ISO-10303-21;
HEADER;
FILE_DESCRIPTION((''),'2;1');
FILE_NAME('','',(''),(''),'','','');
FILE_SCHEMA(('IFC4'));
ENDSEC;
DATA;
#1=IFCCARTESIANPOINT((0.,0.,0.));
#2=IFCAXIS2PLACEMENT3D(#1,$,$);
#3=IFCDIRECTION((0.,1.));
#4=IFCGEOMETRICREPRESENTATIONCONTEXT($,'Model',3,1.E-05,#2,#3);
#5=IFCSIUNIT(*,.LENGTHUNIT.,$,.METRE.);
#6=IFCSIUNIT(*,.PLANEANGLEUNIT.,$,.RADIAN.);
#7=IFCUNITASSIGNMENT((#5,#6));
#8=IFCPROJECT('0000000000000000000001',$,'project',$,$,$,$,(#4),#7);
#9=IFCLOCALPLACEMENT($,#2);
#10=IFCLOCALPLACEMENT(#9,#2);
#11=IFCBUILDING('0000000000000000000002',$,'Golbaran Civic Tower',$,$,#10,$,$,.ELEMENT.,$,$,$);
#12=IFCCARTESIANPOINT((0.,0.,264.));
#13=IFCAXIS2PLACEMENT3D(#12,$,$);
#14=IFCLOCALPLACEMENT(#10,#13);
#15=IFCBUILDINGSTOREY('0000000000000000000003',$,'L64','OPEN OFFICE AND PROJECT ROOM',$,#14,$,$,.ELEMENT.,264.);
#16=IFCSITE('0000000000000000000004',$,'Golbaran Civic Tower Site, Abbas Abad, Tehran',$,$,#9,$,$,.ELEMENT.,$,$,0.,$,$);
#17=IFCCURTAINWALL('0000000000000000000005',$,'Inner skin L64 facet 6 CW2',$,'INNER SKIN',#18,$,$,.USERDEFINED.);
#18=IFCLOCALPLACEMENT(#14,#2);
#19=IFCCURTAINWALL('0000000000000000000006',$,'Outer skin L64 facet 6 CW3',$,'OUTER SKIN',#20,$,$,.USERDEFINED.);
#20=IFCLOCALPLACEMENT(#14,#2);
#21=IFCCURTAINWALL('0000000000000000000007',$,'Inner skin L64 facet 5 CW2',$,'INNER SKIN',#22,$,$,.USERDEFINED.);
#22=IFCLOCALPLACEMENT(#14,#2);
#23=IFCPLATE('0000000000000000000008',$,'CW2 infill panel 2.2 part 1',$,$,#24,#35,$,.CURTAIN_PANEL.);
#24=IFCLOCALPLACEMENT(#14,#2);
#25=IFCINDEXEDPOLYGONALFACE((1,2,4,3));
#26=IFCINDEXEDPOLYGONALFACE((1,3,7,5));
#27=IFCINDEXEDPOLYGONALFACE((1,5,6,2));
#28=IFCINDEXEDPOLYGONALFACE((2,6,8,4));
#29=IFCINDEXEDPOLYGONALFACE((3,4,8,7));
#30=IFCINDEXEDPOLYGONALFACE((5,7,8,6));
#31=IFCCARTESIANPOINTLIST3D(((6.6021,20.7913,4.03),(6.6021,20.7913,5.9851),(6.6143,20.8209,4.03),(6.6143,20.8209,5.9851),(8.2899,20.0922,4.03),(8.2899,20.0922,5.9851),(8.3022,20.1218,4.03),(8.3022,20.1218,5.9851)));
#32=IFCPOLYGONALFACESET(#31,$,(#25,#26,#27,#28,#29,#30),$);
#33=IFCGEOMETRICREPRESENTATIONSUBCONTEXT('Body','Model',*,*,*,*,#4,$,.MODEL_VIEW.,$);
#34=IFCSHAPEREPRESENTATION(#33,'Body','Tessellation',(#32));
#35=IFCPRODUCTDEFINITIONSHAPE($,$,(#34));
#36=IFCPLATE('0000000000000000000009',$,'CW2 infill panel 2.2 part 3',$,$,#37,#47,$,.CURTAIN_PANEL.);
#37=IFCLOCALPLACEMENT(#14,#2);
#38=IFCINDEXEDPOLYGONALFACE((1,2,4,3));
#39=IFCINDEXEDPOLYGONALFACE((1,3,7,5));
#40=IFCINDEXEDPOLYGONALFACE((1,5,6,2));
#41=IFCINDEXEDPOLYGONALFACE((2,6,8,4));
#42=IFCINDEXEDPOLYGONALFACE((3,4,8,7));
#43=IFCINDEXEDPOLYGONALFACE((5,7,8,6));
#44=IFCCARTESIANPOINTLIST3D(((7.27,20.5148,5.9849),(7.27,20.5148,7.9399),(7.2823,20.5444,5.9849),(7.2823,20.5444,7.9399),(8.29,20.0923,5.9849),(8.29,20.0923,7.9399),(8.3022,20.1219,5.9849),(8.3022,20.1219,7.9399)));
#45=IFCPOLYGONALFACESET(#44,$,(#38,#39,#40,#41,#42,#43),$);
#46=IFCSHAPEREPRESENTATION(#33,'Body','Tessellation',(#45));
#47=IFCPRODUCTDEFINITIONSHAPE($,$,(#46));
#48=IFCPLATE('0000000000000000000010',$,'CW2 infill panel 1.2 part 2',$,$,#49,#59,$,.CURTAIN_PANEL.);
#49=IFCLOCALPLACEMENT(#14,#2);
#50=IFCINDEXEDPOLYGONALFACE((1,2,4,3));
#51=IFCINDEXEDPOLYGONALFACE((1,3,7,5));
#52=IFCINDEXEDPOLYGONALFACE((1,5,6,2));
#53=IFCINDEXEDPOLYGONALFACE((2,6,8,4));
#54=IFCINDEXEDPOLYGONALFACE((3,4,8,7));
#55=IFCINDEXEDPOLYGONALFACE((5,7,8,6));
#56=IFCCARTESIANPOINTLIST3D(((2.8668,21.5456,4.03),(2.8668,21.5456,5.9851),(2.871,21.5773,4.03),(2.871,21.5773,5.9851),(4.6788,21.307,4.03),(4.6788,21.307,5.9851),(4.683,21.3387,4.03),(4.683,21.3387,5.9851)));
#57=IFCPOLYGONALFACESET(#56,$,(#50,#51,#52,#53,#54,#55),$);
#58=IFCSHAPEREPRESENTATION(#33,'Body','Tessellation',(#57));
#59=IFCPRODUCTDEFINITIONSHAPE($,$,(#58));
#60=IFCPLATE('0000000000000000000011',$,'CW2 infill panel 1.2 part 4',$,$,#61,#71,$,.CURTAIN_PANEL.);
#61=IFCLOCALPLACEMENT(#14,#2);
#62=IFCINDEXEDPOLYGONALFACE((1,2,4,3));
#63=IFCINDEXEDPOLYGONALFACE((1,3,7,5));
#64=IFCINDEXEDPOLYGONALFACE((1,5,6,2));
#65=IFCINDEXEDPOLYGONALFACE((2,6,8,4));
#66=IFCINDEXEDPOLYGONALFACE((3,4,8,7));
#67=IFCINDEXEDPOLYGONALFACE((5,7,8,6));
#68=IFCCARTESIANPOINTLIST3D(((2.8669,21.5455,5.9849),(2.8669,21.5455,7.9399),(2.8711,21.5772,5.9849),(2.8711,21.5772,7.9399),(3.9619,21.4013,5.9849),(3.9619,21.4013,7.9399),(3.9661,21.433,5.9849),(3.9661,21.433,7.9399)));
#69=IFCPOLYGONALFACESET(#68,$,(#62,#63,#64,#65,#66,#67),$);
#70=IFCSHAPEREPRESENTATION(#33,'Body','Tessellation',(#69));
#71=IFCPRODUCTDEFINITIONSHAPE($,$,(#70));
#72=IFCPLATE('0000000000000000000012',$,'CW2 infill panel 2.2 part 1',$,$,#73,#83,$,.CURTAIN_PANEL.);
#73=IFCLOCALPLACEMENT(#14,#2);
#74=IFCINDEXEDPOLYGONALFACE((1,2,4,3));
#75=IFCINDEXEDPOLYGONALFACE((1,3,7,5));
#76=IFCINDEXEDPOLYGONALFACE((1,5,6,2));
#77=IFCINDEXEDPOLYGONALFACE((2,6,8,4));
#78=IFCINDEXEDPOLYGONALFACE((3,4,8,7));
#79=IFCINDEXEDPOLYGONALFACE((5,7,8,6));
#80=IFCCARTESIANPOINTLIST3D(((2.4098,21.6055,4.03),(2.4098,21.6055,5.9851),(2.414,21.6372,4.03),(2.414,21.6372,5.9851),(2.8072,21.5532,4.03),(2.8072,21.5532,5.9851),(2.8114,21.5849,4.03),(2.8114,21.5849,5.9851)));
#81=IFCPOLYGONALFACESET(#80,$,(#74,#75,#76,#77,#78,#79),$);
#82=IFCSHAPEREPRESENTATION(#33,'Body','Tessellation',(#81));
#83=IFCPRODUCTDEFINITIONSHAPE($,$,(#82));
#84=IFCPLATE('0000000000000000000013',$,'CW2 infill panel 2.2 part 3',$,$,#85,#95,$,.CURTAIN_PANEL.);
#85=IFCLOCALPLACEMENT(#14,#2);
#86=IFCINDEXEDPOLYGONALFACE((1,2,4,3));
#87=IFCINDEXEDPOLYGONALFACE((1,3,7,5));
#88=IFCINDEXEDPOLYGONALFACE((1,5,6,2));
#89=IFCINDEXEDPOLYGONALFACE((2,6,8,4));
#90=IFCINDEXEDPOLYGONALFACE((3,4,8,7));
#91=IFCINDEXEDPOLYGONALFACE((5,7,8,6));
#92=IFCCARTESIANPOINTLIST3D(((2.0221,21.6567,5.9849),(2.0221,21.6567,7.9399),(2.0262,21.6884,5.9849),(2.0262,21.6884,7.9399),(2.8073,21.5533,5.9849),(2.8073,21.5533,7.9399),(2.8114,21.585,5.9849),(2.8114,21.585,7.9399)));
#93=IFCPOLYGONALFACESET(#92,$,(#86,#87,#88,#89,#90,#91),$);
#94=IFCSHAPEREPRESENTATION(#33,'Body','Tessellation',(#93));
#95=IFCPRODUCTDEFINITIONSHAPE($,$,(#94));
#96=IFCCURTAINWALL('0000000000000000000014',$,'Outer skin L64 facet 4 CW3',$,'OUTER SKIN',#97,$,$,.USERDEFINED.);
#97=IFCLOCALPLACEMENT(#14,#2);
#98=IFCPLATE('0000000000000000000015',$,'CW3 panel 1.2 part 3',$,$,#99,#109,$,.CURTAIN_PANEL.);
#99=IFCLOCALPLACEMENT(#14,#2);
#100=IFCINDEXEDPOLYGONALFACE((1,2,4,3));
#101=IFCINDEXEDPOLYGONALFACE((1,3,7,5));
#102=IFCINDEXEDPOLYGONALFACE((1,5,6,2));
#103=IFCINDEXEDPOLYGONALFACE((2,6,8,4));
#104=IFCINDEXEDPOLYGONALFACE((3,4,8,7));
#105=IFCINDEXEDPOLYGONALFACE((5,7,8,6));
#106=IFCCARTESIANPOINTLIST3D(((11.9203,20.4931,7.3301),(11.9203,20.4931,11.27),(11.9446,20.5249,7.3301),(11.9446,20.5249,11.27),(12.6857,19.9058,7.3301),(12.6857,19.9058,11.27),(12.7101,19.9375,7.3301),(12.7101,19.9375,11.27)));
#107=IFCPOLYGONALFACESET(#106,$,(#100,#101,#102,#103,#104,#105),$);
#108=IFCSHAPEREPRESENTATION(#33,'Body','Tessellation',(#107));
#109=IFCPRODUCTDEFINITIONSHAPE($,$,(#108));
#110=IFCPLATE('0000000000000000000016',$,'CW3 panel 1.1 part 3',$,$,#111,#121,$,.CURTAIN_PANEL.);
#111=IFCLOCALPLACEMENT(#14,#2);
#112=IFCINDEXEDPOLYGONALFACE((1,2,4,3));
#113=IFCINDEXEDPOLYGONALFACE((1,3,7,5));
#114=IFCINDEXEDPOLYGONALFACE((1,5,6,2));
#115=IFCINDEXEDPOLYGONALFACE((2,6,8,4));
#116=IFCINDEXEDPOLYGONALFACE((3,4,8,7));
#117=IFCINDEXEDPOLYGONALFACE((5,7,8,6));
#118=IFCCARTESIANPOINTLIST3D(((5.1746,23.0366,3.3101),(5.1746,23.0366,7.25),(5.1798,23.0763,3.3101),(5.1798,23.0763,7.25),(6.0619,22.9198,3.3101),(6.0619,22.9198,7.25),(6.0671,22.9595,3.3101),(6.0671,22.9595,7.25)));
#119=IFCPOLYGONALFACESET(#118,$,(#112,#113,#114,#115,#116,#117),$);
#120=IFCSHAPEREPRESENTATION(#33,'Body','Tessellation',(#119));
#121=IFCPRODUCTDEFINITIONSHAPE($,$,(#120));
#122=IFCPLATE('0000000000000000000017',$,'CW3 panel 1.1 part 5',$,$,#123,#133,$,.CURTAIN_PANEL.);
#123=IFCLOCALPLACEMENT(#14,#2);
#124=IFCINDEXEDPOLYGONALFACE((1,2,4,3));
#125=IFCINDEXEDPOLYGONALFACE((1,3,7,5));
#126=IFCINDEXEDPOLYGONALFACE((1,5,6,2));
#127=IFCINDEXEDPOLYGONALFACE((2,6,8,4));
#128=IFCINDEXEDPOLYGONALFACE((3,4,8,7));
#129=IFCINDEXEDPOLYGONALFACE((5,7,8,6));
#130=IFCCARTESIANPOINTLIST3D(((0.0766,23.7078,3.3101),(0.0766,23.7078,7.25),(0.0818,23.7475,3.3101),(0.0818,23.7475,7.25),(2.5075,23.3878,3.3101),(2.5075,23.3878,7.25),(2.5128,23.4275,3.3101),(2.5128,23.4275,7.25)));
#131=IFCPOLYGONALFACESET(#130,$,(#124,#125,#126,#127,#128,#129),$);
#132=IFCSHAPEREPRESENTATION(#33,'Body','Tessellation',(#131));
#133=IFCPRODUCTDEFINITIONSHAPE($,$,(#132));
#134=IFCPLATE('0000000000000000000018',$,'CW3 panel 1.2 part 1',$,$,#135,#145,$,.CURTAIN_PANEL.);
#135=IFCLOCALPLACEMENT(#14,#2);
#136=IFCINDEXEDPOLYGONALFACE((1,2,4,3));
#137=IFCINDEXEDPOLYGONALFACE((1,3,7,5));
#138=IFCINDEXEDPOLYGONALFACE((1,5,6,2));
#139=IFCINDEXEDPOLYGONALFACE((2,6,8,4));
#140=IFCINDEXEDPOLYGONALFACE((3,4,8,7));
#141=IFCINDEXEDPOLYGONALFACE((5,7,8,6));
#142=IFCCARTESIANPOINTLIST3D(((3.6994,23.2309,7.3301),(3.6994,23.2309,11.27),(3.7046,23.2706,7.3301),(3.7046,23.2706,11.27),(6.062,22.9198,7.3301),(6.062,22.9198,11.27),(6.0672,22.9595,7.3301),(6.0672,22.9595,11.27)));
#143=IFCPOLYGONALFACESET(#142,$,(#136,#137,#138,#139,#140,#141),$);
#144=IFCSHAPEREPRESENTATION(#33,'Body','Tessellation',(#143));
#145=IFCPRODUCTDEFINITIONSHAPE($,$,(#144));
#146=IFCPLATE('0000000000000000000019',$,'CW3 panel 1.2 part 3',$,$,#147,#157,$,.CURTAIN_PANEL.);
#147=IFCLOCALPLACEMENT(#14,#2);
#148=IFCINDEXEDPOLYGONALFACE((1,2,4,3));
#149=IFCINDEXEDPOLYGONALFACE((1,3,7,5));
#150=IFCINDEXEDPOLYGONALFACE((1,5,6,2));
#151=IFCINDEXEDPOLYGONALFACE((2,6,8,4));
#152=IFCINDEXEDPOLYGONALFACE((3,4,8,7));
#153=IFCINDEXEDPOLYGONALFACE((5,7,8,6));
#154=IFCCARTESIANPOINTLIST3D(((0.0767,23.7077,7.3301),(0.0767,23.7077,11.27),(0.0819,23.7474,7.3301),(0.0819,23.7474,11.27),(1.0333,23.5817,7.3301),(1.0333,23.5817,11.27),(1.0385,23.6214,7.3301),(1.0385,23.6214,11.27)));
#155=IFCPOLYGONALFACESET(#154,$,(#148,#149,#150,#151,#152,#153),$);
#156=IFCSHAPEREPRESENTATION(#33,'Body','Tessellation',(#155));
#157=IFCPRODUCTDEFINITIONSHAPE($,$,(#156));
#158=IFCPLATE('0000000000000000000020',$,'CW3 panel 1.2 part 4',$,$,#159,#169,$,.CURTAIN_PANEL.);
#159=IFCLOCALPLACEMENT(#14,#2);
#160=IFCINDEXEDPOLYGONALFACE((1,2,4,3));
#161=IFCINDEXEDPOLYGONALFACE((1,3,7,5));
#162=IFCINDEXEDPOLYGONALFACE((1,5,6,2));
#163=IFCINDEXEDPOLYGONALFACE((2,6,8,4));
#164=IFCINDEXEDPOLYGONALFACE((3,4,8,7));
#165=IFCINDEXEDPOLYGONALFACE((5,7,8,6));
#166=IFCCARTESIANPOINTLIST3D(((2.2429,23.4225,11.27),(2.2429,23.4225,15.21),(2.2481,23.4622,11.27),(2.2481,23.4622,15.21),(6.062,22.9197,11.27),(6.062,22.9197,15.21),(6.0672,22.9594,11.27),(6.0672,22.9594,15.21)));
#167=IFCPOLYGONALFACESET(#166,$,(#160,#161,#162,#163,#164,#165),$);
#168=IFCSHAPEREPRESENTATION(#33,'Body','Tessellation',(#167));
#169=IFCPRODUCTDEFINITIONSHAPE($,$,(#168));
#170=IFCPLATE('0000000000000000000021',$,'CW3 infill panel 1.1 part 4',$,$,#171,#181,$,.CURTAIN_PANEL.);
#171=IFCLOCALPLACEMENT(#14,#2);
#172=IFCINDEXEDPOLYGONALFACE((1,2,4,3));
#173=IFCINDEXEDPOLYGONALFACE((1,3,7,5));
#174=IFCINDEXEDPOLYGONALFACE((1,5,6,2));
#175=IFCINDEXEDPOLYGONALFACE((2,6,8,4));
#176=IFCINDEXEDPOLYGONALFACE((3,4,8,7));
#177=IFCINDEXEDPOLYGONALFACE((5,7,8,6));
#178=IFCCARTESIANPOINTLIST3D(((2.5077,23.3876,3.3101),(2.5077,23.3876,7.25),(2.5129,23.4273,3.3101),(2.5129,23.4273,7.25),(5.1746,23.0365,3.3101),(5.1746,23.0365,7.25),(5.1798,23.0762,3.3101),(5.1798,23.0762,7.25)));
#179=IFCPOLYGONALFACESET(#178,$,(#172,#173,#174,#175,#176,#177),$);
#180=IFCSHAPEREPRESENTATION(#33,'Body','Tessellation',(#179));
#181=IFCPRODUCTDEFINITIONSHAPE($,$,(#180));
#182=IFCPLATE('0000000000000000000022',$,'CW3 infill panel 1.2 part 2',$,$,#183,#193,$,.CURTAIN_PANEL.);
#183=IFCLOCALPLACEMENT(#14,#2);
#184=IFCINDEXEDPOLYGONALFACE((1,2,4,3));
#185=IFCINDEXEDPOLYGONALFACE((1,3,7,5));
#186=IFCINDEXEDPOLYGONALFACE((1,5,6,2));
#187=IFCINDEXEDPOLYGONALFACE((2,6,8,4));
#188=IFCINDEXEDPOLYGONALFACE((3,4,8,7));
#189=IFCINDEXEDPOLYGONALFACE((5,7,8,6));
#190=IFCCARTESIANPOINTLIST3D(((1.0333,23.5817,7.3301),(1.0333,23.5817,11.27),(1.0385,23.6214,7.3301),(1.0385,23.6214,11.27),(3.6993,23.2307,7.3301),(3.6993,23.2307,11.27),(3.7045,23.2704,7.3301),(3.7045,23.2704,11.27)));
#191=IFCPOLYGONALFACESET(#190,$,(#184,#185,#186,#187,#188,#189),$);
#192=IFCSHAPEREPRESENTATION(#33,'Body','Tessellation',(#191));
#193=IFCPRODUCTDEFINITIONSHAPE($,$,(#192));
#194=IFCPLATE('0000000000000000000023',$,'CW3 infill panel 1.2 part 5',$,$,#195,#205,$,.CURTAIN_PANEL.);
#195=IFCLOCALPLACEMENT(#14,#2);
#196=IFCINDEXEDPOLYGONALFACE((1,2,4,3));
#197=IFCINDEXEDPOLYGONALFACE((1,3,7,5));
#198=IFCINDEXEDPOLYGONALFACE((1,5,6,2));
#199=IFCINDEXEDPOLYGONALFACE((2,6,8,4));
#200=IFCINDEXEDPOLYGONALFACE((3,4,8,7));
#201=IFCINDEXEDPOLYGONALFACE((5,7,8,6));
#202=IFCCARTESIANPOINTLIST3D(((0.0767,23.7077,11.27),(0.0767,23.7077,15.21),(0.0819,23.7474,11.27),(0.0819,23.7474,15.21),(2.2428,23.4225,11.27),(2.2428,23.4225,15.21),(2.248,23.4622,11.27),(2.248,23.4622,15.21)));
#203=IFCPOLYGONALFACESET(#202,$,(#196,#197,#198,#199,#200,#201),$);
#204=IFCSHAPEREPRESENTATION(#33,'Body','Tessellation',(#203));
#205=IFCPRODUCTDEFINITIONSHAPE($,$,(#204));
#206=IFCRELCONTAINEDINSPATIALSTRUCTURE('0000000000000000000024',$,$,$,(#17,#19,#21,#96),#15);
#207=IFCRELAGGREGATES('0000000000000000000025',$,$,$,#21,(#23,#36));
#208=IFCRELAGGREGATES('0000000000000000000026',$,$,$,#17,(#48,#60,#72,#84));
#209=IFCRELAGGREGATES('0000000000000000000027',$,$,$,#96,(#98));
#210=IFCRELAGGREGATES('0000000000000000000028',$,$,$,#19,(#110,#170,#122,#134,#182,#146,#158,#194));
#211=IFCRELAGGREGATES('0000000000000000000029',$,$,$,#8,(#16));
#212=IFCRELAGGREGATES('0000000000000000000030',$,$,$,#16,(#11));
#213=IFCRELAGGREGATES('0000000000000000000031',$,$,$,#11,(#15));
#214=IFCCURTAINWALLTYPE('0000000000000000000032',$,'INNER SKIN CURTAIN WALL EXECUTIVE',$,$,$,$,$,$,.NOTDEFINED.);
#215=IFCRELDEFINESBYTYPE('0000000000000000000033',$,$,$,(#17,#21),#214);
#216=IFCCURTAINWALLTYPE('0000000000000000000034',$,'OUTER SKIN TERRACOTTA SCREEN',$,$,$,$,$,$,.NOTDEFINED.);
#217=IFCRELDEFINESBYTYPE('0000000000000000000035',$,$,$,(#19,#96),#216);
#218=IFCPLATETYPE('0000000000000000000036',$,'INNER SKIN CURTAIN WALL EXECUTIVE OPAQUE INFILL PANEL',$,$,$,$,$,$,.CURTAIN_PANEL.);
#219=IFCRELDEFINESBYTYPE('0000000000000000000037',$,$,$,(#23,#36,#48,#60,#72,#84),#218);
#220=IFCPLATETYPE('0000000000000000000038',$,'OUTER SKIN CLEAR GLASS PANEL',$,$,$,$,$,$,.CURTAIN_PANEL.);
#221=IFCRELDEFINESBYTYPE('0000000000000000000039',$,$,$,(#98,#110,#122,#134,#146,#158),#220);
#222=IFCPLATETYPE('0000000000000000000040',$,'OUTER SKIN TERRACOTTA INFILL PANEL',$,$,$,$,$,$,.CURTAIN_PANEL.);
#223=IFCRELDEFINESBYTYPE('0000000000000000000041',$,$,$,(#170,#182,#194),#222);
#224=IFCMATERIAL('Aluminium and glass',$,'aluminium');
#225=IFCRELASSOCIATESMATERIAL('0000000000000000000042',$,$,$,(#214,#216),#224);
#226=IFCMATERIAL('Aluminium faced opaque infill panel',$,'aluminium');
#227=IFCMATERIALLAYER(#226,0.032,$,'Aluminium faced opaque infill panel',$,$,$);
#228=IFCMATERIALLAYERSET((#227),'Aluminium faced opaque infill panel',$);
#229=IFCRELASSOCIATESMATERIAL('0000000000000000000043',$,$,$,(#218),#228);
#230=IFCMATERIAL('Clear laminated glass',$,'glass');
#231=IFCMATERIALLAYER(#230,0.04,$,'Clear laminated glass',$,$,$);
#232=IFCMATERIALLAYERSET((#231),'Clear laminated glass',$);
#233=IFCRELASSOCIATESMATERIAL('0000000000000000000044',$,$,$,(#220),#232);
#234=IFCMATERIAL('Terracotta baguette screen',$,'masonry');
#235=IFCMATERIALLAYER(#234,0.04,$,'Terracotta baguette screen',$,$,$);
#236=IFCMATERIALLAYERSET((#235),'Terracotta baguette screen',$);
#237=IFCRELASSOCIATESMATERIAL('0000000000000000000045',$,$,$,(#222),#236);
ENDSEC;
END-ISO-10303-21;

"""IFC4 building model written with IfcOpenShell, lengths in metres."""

from ifc_helpers import new_model, si_unit, direction, frame, origin, origin_2d, place, context, subcontext, project, spatial, rectangle, extrude, material, layer, layer_set, type_object, element, aggregate, save


model = new_model("IFC4")

# Units and contexts
model_context = context("Model", 3, precision=1e-05, world=origin(), true_north=direction((0.0, 1.0)))
body_context = subcontext(model_context, "Body", "Model", "MODEL_VIEW")
ifc_project = project(units=[si_unit("LENGTHUNIT", "METRE"), si_unit("PLANEANGLEUNIT", "RADIAN")], contexts=[model_context])

# Site, building, storey
site_placement = place(None, origin())
site = spatial("IfcSite", under=ifc_project, at=site_placement, Name="Golbaran Civic Tower Site, Abbas Abad, Tehran", CompositionType="ELEMENT", RefElevation=0.0)
building_placement = place(site_placement, origin())
building = spatial("IfcBuilding", under=site, at=building_placement, Name="Golbaran Civic Tower", CompositionType="ELEMENT")
storey_placement = place(building_placement, frame((0.0, 0.0, 264.0)))
storey = spatial("IfcBuildingStorey", under=building, at=storey_placement, Name="L64", Description="OPEN OFFICE AND PROJECT ROOM", CompositionType="ELEMENT", Elevation=264.0)

# Curtain walls
ifc_material_1 = material(Name="Aluminium and glass", Category="aluminium")
curtain_wall_type_1 = type_object("IfcCurtainWallType", Name="INNER SKIN CURTAIN WALL EXECUTIVE", PredefinedType="NOTDEFINED", material=ifc_material_1)
curtain_wall_1_placement = place(storey_placement, origin())
curtain_wall_1 = element("IfcCurtainWall", 1, at=curtain_wall_1_placement, inside=storey, type_object=curtain_wall_type_1, Name="Inner skin L64 facet 6 CW2", ObjectType="INNER SKIN", PredefinedType="USERDEFINED")
curtain_wall_type_2 = type_object("IfcCurtainWallType", Name="OUTER SKIN TERRACOTTA SCREEN", PredefinedType="NOTDEFINED", material=ifc_material_1)
curtain_wall_2_placement = place(storey_placement, origin())
curtain_wall_2 = element("IfcCurtainWall", 2, at=curtain_wall_2_placement, inside=storey, type_object=curtain_wall_type_2, Name="Outer skin L64 facet 6 CW3", ObjectType="OUTER SKIN", PredefinedType="USERDEFINED")

# Curtain wall
curtain_wall_3_placement = place(storey_placement, origin())
curtain_wall_3 = element("IfcCurtainWall", 3, at=curtain_wall_3_placement, inside=storey, type_object=curtain_wall_type_1, Name="Inner skin L64 facet 5 CW2", ObjectType="INNER SKIN", PredefinedType="USERDEFINED")

# Plates
ifc_material_2 = material(Name="Aluminium faced opaque infill panel", Category="aluminium")
ifc_layer_1 = layer(ifc_material_2, 0.032, Name="Aluminium faced opaque infill panel")
ifc_layer_set_1 = layer_set([ifc_layer_1], Name="Aluminium faced opaque infill panel")
plate_type_1 = type_object("IfcPlateType", Name="INNER SKIN CURTAIN WALL EXECUTIVE OPAQUE INFILL PANEL", PredefinedType="CURTAIN_PANEL", material=ifc_layer_set_1)
plate_1_placement = place(storey_placement, frame((7.4521, 20.4565, 4.03), z_axis=(0.0, 0.0, 1.0), x_axis=(-0.92388, 0.382683, 0.0)))
plate_1 = element("IfcPlate", 4, at=plate_1_placement, type_object=plate_type_1, Name="CW2 infill panel 2.2 part 1", PredefinedType="CURTAIN_PANEL", context=body_context, shape_type="SweptSolid", body=[
    extrude(rectangle(XDim=1.8269, YDim=0.032, at=origin_2d()), origin(), (0.0, 0.0, 1.0), 1.9551),
])
plate_2_placement = place(storey_placement, frame((7.7861, 20.3184, 5.9849), z_axis=(0.0, 0.0, 1.0), x_axis=(-0.92388, 0.382683, 0.0)))
plate_2 = element("IfcPlate", 5, at=plate_2_placement, type_object=plate_type_1, Name="CW2 infill panel 2.2 part 3", PredefinedType="CURTAIN_PANEL", context=body_context, shape_type="SweptSolid", body=[
    extrude(rectangle(XDim=1.104, YDim=0.032, at=origin_2d()), origin(), (0.0, 0.0, 1.0), 1.9551),
])
aggregate(curtain_wall_3, [plate_1, plate_2])
plate_3_placement = place(storey_placement, frame((3.7749, 21.4421, 4.03), z_axis=(0.0, 0.0, 1.0), x_axis=(-0.991445, 0.130526, 0.0)))
plate_3 = element("IfcPlate", 6, at=plate_3_placement, type_object=plate_type_1, Name="CW2 infill panel 1.2 part 2", PredefinedType="CURTAIN_PANEL", context=body_context, shape_type="SweptSolid", body=[
    extrude(rectangle(XDim=1.8276, YDim=0.032, at=origin_2d()), origin(), (0.0, 0.0, 1.0), 1.9551),
])
plate_4_placement = place(storey_placement, frame((3.4165, 21.4893, 5.9849), z_axis=(0.0, 0.0, 1.0), x_axis=(-0.991445, 0.130526, 0.0)))
plate_4 = element("IfcPlate", 7, at=plate_4_placement, type_object=plate_type_1, Name="CW2 infill panel 1.2 part 4", PredefinedType="CURTAIN_PANEL", context=body_context, shape_type="SweptSolid", body=[
    extrude(rectangle(XDim=1.1045, YDim=0.032, at=origin_2d()), origin(), (0.0, 0.0, 1.0), 1.9551),
])
plate_5_placement = place(storey_placement, frame((2.6106, 21.5952, 4.03), z_axis=(0.0, 0.0, 1.0), x_axis=(-0.991445, 0.130526, 0.0)))
plate_5 = element("IfcPlate", 8, at=plate_5_placement, type_object=plate_type_1, Name="CW2 infill panel 2.2 part 1", PredefinedType="CURTAIN_PANEL", context=body_context, shape_type="SweptSolid", body=[
    extrude(rectangle(XDim=0.4009, YDim=0.032, at=origin_2d()), origin(), (0.0, 0.0, 1.0), 1.9551),
])
plate_6_placement = place(storey_placement, frame((2.4167, 21.6208, 5.9849), z_axis=(0.0, 0.0, 1.0), x_axis=(-0.991445, 0.130526, 0.0)))
plate_6 = element("IfcPlate", 9, at=plate_6_placement, type_object=plate_type_1, Name="CW2 infill panel 2.2 part 3", PredefinedType="CURTAIN_PANEL", context=body_context, shape_type="SweptSolid", body=[
    extrude(rectangle(XDim=0.792, YDim=0.032, at=origin_2d()), origin(), (0.0, 0.0, 1.0), 1.9551),
])
aggregate(curtain_wall_1, [plate_3, plate_4, plate_5, plate_6])

# Curtain wall, plate
curtain_wall_4_placement = place(storey_placement, origin())
curtain_wall_4 = element("IfcCurtainWall", 10, at=curtain_wall_4_placement, inside=storey, type_object=curtain_wall_type_2, Name="Outer skin L64 facet 4 CW3", ObjectType="OUTER SKIN", PredefinedType="USERDEFINED")
ifc_material_3 = material(Name="Clear laminated glass", Category="glass")
ifc_layer_2 = layer(ifc_material_3, 0.04, Name="Clear laminated glass")
ifc_layer_set_2 = layer_set([ifc_layer_2], Name="Clear laminated glass")
plate_type_2 = type_object("IfcPlateType", Name="OUTER SKIN CLEAR GLASS PANEL", PredefinedType="CURTAIN_PANEL", material=ifc_layer_set_2)
plate_7_placement = place(storey_placement, frame((12.3152, 20.2153, 7.3301), z_axis=(0.0, 0.0, 1.0), x_axis=(-0.793353, 0.608761, 0.0)))
plate_7 = element("IfcPlate", 11, at=plate_7_placement, type_object=plate_type_2, Name="CW3 panel 1.2 part 3", PredefinedType="CURTAIN_PANEL", context=body_context, shape_type="SweptSolid", body=[
    extrude(rectangle(XDim=0.9648, YDim=0.04, at=origin_2d()), origin(), (0.0, 0.0, 1.0), 3.9399),
])
aggregate(curtain_wall_4, [plate_7])

# Plates
plate_8_placement = place(storey_placement, frame((5.6208, 22.998, 3.3101), z_axis=(0.0, 0.0, 1.0), x_axis=(-0.991445, 0.130526, 0.0)))
plate_8 = element("IfcPlate", 12, at=plate_8_placement, type_object=plate_type_2, Name="CW3 panel 1.1 part 3", PredefinedType="CURTAIN_PANEL", context=body_context, shape_type="SweptSolid", body=[
    extrude(rectangle(XDim=0.895, YDim=0.04, at=origin_2d()), origin(), (0.0, 0.0, 1.0), 3.9399),
])
plate_9_placement = place(storey_placement, frame((1.2947, 23.5676, 3.3101), z_axis=(0.0, 0.0, 1.0), x_axis=(-0.991445, 0.130526, 0.0)))
plate_9 = element("IfcPlate", 13, at=plate_9_placement, type_object=plate_type_2, Name="CW3 panel 1.1 part 5", PredefinedType="CURTAIN_PANEL", context=body_context, shape_type="SweptSolid", body=[
    extrude(rectangle(XDim=2.4519, YDim=0.04, at=origin_2d()), origin(), (0.0, 0.0, 1.0), 3.9399),
])
plate_10_placement = place(storey_placement, frame((4.8833, 23.0952, 7.3301), z_axis=(0.0, 0.0, 1.0), x_axis=(-0.991445, 0.130526, 0.0)))
plate_10 = element("IfcPlate", 14, at=plate_10_placement, type_object=plate_type_2, Name="CW3 panel 1.2 part 1", PredefinedType="CURTAIN_PANEL", context=body_context, shape_type="SweptSolid", body=[
    extrude(rectangle(XDim=2.3831, YDim=0.04, at=origin_2d()), origin(), (0.0, 0.0, 1.0), 3.9399),
])
plate_11_placement = place(storey_placement, frame((0.5576, 23.6646, 7.3301), z_axis=(0.0, 0.0, 1.0), x_axis=(-0.991445, 0.130526, 0.0)))
plate_11 = element("IfcPlate", 15, at=plate_11_placement, type_object=plate_type_2, Name="CW3 panel 1.2 part 3", PredefinedType="CURTAIN_PANEL", context=body_context, shape_type="SweptSolid", body=[
    extrude(rectangle(XDim=0.9648, YDim=0.04, at=origin_2d()), origin(), (0.0, 0.0, 1.0), 3.9399),
])
plate_12_placement = place(storey_placement, frame((4.155, 23.1909, 11.27), z_axis=(0.0, 0.0, 1.0), x_axis=(-0.991445, 0.130526, 0.0)))
plate_12 = element("IfcPlate", 16, at=plate_12_placement, type_object=plate_type_2, Name="CW3 panel 1.2 part 4", PredefinedType="CURTAIN_PANEL", context=body_context, shape_type="SweptSolid", body=[
    extrude(rectangle(XDim=3.8521, YDim=0.04, at=origin_2d()), origin(), (0.0, 0.0, 1.0), 3.9399),
])
ifc_material_4 = material(Name="Terracotta baguette screen", Category="masonry")
ifc_layer_3 = layer(ifc_material_4, 0.04, Name="Terracotta baguette screen")
ifc_layer_set_3 = layer_set([ifc_layer_3], Name="Terracotta baguette screen")
plate_type_3 = type_object("IfcPlateType", Name="OUTER SKIN TERRACOTTA INFILL PANEL", PredefinedType="CURTAIN_PANEL", material=ifc_layer_set_3)
plate_13_placement = place(storey_placement, frame((3.8438, 23.2319, 3.3101), z_axis=(0.0, 0.0, 1.0), x_axis=(-0.991445, 0.130526, 0.0)))
plate_13 = element("IfcPlate", 17, at=plate_13_placement, type_object=plate_type_3, Name="CW3 infill panel 1.1 part 4", PredefinedType="CURTAIN_PANEL", context=body_context, shape_type="SweptSolid", body=[
    extrude(rectangle(XDim=2.6899, YDim=0.04, at=origin_2d()), origin(), (0.0, 0.0, 1.0), 3.9399),
])
plate_14_placement = place(storey_placement, frame((2.3689, 23.426, 7.3301), z_axis=(0.0, 0.0, 1.0), x_axis=(-0.991445, 0.130526, 0.0)))
plate_14 = element("IfcPlate", 18, at=plate_14_placement, type_object=plate_type_3, Name="CW3 infill panel 1.2 part 2", PredefinedType="CURTAIN_PANEL", context=body_context, shape_type="SweptSolid", body=[
    extrude(rectangle(XDim=2.689, YDim=0.04, at=origin_2d()), origin(), (0.0, 0.0, 1.0), 3.9399),
])
plate_15_placement = place(storey_placement, frame((1.1624, 23.585, 11.27), z_axis=(0.0, 0.0, 1.0), x_axis=(-0.991445, 0.130526, 0.0)))
plate_15 = element("IfcPlate", 19, at=plate_15_placement, type_object=plate_type_3, Name="CW3 infill panel 1.2 part 5", PredefinedType="CURTAIN_PANEL", context=body_context, shape_type="SweptSolid", body=[
    extrude(rectangle(XDim=2.1848, YDim=0.04, at=origin_2d()), origin(), (0.0, 0.0, 1.0), 3.9399),
])
aggregate(curtain_wall_2, [plate_8, plate_13, plate_9, plate_10, plate_14, plate_11, plate_12, plate_15])

save(model, "model.ifc")
